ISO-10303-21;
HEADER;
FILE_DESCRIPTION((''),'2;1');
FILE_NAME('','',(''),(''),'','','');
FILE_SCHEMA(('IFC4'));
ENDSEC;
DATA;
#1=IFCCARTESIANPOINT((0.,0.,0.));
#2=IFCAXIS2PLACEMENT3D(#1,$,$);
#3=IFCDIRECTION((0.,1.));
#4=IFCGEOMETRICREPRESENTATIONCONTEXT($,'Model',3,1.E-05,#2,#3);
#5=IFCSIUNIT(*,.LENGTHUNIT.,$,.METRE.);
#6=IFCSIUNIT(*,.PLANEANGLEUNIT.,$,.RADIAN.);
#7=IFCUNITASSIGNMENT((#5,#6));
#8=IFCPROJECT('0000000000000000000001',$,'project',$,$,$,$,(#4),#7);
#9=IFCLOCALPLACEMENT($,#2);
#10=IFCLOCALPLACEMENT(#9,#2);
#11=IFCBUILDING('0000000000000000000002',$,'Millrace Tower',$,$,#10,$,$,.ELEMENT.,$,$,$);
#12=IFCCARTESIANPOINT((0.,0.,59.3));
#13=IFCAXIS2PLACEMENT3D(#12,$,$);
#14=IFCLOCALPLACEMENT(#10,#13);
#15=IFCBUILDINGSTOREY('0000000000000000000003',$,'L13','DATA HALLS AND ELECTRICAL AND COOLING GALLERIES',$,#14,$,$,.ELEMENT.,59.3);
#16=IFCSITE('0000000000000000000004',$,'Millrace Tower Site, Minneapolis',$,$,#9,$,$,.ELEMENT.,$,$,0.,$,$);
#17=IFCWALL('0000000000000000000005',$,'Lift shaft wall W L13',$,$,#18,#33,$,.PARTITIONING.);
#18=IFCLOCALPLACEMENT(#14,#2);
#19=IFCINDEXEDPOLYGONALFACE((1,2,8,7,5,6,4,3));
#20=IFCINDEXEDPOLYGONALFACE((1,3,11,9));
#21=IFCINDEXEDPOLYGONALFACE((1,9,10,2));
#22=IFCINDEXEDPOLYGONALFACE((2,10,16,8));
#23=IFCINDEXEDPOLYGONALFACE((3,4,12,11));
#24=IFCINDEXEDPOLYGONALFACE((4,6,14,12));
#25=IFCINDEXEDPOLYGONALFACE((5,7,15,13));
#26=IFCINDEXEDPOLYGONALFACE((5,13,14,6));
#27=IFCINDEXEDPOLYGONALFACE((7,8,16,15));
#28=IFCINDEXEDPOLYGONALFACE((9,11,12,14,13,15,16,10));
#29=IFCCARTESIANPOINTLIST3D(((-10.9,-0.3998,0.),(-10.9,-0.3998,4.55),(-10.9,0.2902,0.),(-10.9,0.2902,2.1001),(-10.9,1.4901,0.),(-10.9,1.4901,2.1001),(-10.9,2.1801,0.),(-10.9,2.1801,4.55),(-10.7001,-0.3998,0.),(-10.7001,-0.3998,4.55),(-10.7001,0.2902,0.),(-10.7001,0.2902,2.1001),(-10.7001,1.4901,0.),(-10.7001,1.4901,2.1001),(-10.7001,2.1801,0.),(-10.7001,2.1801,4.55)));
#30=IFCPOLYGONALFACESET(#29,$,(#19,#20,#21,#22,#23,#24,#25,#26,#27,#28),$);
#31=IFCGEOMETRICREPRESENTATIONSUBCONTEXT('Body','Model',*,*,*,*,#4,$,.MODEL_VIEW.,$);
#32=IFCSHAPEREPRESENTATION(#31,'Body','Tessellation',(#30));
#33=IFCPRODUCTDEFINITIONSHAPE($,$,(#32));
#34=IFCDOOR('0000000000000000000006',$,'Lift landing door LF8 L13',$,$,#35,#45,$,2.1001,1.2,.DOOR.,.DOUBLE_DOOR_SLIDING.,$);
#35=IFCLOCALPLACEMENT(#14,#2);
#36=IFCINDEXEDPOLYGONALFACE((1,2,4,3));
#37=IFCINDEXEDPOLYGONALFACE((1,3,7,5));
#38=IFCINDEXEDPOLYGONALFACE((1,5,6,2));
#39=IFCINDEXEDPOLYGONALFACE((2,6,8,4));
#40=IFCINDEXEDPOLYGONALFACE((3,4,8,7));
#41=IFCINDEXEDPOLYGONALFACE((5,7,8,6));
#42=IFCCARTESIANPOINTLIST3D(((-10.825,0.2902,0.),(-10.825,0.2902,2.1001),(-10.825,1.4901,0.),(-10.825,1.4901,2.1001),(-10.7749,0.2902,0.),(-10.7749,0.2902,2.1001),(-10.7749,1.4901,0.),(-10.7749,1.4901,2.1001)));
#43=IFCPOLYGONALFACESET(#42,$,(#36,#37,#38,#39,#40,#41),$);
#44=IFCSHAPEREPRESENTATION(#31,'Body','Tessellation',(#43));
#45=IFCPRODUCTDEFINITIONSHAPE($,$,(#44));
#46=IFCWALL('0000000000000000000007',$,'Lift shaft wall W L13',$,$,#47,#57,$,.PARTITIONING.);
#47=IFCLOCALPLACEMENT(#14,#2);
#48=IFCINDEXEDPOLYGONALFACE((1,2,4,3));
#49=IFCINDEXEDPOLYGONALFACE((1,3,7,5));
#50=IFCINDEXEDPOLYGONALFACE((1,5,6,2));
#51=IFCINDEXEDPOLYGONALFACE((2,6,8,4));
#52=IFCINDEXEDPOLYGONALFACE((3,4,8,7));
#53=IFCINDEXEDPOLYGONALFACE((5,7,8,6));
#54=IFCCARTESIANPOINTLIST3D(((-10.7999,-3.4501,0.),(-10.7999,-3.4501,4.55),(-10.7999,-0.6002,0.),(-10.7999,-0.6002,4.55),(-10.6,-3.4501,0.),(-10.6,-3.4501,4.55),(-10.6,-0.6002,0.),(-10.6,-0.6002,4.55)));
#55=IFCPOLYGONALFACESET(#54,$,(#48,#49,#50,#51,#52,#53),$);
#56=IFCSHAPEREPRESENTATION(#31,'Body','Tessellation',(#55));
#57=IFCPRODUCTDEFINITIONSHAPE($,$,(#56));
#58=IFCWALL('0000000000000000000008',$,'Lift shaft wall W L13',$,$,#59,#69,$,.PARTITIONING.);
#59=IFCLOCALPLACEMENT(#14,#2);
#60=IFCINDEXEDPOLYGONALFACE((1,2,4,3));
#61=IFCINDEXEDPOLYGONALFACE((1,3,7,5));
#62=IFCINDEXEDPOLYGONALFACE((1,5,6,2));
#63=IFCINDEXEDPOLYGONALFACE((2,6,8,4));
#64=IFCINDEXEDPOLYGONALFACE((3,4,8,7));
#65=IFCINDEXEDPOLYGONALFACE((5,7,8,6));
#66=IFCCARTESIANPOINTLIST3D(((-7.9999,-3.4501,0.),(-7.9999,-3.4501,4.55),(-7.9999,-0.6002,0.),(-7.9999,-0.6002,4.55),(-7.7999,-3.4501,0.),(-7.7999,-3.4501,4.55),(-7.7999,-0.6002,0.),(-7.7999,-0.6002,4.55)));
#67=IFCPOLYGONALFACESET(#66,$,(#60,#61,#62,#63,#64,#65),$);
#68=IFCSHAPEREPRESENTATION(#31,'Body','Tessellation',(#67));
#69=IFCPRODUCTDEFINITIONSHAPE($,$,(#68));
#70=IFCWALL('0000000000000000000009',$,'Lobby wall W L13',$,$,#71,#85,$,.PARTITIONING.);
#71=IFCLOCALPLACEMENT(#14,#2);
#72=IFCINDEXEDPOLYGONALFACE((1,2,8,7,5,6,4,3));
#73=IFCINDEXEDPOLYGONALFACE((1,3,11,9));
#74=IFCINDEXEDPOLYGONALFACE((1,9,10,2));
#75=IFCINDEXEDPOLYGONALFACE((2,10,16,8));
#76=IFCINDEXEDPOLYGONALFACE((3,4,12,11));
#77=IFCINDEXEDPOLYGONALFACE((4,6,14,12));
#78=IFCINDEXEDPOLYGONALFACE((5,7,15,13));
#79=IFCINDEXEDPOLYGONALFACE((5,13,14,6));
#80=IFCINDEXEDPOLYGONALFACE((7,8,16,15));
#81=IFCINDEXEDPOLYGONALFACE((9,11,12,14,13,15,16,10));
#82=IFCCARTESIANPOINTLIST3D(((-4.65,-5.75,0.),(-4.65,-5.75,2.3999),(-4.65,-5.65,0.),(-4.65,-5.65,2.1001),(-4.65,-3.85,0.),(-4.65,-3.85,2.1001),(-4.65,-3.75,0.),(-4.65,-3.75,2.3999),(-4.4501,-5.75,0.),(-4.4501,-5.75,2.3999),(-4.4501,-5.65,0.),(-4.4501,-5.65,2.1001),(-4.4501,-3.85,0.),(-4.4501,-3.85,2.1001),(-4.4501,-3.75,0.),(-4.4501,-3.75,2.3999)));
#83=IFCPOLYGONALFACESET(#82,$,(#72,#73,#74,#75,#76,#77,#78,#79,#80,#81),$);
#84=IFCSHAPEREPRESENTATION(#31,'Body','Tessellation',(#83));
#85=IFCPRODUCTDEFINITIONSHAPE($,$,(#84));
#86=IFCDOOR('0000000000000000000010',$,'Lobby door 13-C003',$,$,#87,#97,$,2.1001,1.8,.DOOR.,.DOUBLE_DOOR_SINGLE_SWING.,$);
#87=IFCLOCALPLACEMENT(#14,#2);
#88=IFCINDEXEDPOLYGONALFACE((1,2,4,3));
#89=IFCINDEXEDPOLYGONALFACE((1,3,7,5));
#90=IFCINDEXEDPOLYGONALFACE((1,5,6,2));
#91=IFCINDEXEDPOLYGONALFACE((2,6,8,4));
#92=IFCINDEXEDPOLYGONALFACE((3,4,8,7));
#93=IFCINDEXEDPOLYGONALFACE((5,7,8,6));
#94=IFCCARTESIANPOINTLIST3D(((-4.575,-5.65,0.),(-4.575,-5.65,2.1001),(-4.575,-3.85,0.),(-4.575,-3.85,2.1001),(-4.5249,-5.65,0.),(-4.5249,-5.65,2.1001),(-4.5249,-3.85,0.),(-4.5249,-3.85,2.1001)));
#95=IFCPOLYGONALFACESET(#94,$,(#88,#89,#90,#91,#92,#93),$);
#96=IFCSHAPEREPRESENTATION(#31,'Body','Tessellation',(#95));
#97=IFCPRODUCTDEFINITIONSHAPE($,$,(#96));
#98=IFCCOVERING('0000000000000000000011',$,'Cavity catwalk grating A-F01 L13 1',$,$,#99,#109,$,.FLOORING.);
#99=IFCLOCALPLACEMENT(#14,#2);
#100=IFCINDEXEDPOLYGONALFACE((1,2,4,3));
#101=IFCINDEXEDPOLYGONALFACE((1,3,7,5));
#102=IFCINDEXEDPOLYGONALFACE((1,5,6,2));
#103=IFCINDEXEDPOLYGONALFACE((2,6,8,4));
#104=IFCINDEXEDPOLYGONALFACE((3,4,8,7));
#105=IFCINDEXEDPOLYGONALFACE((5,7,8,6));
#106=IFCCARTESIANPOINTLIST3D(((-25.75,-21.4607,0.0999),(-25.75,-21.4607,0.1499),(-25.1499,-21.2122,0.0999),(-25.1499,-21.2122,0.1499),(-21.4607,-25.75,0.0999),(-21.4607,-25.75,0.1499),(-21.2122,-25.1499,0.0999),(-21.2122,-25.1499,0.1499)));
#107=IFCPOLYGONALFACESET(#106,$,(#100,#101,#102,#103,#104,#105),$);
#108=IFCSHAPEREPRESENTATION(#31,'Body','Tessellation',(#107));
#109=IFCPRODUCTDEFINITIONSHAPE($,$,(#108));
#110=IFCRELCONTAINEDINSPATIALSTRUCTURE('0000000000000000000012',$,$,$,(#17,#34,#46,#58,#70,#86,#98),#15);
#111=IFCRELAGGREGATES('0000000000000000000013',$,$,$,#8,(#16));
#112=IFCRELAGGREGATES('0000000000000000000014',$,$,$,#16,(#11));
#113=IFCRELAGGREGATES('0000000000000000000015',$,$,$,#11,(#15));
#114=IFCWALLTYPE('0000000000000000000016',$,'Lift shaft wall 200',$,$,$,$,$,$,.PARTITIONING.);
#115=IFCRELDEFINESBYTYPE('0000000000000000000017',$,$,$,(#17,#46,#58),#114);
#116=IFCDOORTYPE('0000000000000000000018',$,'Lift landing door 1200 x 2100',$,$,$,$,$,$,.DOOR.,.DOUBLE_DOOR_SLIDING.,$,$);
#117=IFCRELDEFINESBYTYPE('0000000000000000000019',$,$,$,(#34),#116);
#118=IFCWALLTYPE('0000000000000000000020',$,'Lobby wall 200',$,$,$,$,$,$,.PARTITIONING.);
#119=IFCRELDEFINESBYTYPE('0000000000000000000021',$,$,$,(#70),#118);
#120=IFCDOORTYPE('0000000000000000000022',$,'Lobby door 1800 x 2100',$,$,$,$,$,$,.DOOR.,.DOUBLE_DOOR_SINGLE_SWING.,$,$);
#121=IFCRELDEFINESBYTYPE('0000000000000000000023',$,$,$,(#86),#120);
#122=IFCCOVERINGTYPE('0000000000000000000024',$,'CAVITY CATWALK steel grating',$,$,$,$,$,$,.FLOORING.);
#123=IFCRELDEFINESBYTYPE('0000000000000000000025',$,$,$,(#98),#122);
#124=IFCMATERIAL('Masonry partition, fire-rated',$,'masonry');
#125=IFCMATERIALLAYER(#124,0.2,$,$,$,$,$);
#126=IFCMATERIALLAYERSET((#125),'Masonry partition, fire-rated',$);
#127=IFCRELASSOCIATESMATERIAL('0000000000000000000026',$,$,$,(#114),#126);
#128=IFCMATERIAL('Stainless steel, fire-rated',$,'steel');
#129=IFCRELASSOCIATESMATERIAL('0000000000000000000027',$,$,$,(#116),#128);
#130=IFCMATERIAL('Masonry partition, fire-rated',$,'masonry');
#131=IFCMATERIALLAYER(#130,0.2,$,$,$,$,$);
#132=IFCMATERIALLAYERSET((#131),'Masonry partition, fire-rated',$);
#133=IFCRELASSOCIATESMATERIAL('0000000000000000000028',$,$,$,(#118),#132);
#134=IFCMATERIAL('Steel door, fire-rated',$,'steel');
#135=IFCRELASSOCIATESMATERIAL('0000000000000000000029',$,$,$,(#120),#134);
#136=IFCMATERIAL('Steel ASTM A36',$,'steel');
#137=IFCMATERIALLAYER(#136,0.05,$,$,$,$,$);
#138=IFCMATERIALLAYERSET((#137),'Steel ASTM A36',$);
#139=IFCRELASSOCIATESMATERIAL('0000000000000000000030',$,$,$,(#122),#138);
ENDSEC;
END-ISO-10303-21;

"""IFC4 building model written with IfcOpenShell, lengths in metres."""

from ifc_helpers import new_model, si_unit, direction, frame, frame_2d, origin, place, context, subcontext, project, spatial, polyline, rectangle, outline, extrude, material, layer, layer_set, type_object, element, fill, save


model = new_model("IFC4")

# Units and contexts
model_context = context("Model", 3, precision=1e-05, world=origin(), true_north=direction((0.0, 1.0)))
body_context = subcontext(model_context, "Body", "Model", "MODEL_VIEW")
ifc_project = project(units=[si_unit("LENGTHUNIT", "METRE"), si_unit("PLANEANGLEUNIT", "RADIAN")], contexts=[model_context])

# Site, building, storey
site_placement = place(None, origin())
site = spatial("IfcSite", under=ifc_project, at=site_placement, Name="Millrace Tower Site, Minneapolis", CompositionType="ELEMENT", RefElevation=0.0)
building_placement = place(site_placement, origin())
building = spatial("IfcBuilding", under=site, at=building_placement, Name="Millrace Tower", CompositionType="ELEMENT")
storey_placement = place(building_placement, frame((0.0, 0.0, 59.3)))
storey = spatial("IfcBuildingStorey", under=building, at=storey_placement, Name="L13", Description="DATA HALLS AND ELECTRICAL AND COOLING GALLERIES", CompositionType="ELEMENT", Elevation=59.3)

# Shared definitions
ifc_material_1 = material(Name="Masonry partition, fire-rated", Category="masonry")
ifc_layer_1 = layer(ifc_material_1, 0.2)
ifc_layer_set_1 = layer_set([ifc_layer_1], Name="Masonry partition, fire-rated")
wall_type_1 = type_object("IfcWallType", Name="Lift shaft wall 200", PredefinedType="PARTITIONING", material=ifc_layer_set_1)

# Shared definitions
ifc_material_2 = material(Name="Stainless steel, fire-rated", Category="steel")
door_type_1 = type_object("IfcDoorType", Name="Lift landing door 1200 x 2100", OperationType="DOUBLE_DOOR_SLIDING", PredefinedType="DOOR", material=ifc_material_2)

# Wall, opening, door
wall_1_placement = place(storey_placement, frame((-10.8, -0.3999, 0.0), z_axis=(0.0, 0.0, 1.0), x_axis=(0.0, 1.0, 0.0)))
wall_1 = element("IfcWall", 1, at=wall_1_placement, inside=storey, type_object=wall_type_1, Name="Lift shaft wall W L13", PredefinedType="PARTITIONING", context=body_context, shape_type="SweptSolid", body=[
    extrude(rectangle(XDim=2.5798, YDim=0.2, at=frame_2d((1.29, 0.0))), origin(), (0.0, 0.0, 1.0), 4.55),
])
opening_1_placement = place(wall_1_placement, frame((0.6899, 0.0, 0.0)))
opening_1 = element("IfcOpeningElement", 2, at=opening_1_placement, cuts=wall_1, PredefinedType="OPENING", context=body_context, shape_type="SweptSolid", body=[
    extrude(rectangle(XDim=1.2, YDim=2.1001, at=frame_2d((0.6001, 1.05))), frame((0.0, 0.1099, 0.0), z_axis=(0.0, -1.0, 0.0), x_axis=(1.0, 0.0, 0.0)), (0.0, 0.0, 1.0), 0.22),
])
door_1_placement = place(opening_1_placement, origin())
door_1 = element("IfcDoor", 3, at=door_1_placement, inside=storey, type_object=door_type_1, Name="Lift landing door LF8 L13", OperationType="DOUBLE_DOOR_SLIDING", OverallHeight=2.1001, OverallWidth=1.2, PredefinedType="DOOR", context=body_context, shape_type="SweptSolid", body=[
    extrude(rectangle(XDim=1.2, YDim=2.1001, at=frame_2d((0.6001, 1.05))), frame((0.0, 0.0249, 0.0), z_axis=(0.0, -1.0, 0.0), x_axis=(1.0, 0.0, 0.0)), (0.0, 0.0, 1.0), 0.05),
])
fill(opening_1, door_1)

# Walls
for number, where, z_axis, x_axis, name in (
    (4, (-10.7, -3.45, 0.0), (0.0, 0.0, 1.0), (0.0, 1.0, 0.0), "Lift shaft wall W L13"),
    (5, (-7.8999, -3.45, 0.0), (0.0, 0.0, 1.0), (0.0, 1.0, 0.0), "Lift shaft wall W L13"),
):
    element("IfcWall", number, at=place(storey_placement, frame(where, z_axis=z_axis, x_axis=x_axis)), inside=storey, type_object=wall_type_1, Name=name, PredefinedType="PARTITIONING", context=body_context, shape_type="SweptSolid", body=[
        extrude(rectangle(XDim=2.8499, YDim=0.2, at=frame_2d((1.4248, 0.0))), origin(), (0.0, 0.0, 1.0), 4.55),
    ])

# Wall, opening, door
ifc_material_3 = material(Name="Masonry partition, fire-rated", Category="masonry")
ifc_layer_2 = layer(ifc_material_3, 0.2)
ifc_layer_set_2 = layer_set([ifc_layer_2], Name="Masonry partition, fire-rated")
wall_type_2 = type_object("IfcWallType", Name="Lobby wall 200", PredefinedType="PARTITIONING", material=ifc_layer_set_2)
wall_2_placement = place(storey_placement, frame((-4.55, -5.75, 0.0), z_axis=(0.0, 0.0, 1.0), x_axis=(0.0, 1.0, 0.0)))
wall_2 = element("IfcWall", 6, at=wall_2_placement, inside=storey, type_object=wall_type_2, Name="Lobby wall W L13", PredefinedType="PARTITIONING", context=body_context, shape_type="SweptSolid", body=[
    extrude(rectangle(XDim=2.0, YDim=0.2, at=frame_2d((1.0, 0.0))), origin(), (0.0, 0.0, 1.0), 2.3999),
])
opening_2_placement = place(wall_2_placement, frame((0.1001, 0.0, 0.0)))
opening_2 = element("IfcOpeningElement", 7, at=opening_2_placement, cuts=wall_2, PredefinedType="OPENING", context=body_context, shape_type="SweptSolid", body=[
    extrude(rectangle(XDim=1.8, YDim=2.1001, at=frame_2d((0.8999, 1.05))), frame((0.0, 0.1099, 0.0), z_axis=(0.0, -1.0, 0.0), x_axis=(1.0, 0.0, 0.0)), (0.0, 0.0, 1.0), 0.22),
])
ifc_material_4 = material(Name="Steel door, fire-rated", Category="steel")
door_type_2 = type_object("IfcDoorType", Name="Lobby door 1800 x 2100", OperationType="DOUBLE_DOOR_SINGLE_SWING", PredefinedType="DOOR", material=ifc_material_4)
door_2_placement = place(opening_2_placement, origin())
door_2 = element("IfcDoor", 8, at=door_2_placement, inside=storey, type_object=door_type_2, Name="Lobby door 13-C003", OperationType="DOUBLE_DOOR_SINGLE_SWING", OverallHeight=2.1001, OverallWidth=1.8, PredefinedType="DOOR", context=body_context, shape_type="SweptSolid", body=[
    extrude(rectangle(XDim=1.8, YDim=2.1001, at=frame_2d((0.8999, 1.05))), frame((0.0, 0.0249, 0.0), z_axis=(0.0, -1.0, 0.0), x_axis=(1.0, 0.0, 0.0)), (0.0, 0.0, 1.0), 0.05),
])
fill(opening_2, door_2)

# Covering
ifc_material_5 = material(Name="Steel ASTM A36", Category="steel")
ifc_layer_3 = layer(ifc_material_5, 0.05)
ifc_layer_set_3 = layer_set([ifc_layer_3], Name="Steel ASTM A36")
covering_type = type_object("IfcCoveringType", Name="CAVITY CATWALK steel grating", PredefinedType="FLOORING", material=ifc_layer_set_3)
covering_placement = place(storey_placement, frame((0.0, 0.0, 0.0999)))
element("IfcCovering", 9, at=covering_placement, inside=storey, type_object=covering_type, Name="Cavity catwalk grating A-F01 L13 1", PredefinedType="FLOORING", context=body_context, shape_type="SweptSolid", body=[
    extrude(outline(polyline([(-25.75, -21.4607), (-21.4607, -25.75), (-21.2122, -25.1499), (-25.1499, -21.2122), (-25.75, -21.4607)])), origin(), (0.0, 0.0, 1.0), 0.05),
])

save(model, "model.ifc")
